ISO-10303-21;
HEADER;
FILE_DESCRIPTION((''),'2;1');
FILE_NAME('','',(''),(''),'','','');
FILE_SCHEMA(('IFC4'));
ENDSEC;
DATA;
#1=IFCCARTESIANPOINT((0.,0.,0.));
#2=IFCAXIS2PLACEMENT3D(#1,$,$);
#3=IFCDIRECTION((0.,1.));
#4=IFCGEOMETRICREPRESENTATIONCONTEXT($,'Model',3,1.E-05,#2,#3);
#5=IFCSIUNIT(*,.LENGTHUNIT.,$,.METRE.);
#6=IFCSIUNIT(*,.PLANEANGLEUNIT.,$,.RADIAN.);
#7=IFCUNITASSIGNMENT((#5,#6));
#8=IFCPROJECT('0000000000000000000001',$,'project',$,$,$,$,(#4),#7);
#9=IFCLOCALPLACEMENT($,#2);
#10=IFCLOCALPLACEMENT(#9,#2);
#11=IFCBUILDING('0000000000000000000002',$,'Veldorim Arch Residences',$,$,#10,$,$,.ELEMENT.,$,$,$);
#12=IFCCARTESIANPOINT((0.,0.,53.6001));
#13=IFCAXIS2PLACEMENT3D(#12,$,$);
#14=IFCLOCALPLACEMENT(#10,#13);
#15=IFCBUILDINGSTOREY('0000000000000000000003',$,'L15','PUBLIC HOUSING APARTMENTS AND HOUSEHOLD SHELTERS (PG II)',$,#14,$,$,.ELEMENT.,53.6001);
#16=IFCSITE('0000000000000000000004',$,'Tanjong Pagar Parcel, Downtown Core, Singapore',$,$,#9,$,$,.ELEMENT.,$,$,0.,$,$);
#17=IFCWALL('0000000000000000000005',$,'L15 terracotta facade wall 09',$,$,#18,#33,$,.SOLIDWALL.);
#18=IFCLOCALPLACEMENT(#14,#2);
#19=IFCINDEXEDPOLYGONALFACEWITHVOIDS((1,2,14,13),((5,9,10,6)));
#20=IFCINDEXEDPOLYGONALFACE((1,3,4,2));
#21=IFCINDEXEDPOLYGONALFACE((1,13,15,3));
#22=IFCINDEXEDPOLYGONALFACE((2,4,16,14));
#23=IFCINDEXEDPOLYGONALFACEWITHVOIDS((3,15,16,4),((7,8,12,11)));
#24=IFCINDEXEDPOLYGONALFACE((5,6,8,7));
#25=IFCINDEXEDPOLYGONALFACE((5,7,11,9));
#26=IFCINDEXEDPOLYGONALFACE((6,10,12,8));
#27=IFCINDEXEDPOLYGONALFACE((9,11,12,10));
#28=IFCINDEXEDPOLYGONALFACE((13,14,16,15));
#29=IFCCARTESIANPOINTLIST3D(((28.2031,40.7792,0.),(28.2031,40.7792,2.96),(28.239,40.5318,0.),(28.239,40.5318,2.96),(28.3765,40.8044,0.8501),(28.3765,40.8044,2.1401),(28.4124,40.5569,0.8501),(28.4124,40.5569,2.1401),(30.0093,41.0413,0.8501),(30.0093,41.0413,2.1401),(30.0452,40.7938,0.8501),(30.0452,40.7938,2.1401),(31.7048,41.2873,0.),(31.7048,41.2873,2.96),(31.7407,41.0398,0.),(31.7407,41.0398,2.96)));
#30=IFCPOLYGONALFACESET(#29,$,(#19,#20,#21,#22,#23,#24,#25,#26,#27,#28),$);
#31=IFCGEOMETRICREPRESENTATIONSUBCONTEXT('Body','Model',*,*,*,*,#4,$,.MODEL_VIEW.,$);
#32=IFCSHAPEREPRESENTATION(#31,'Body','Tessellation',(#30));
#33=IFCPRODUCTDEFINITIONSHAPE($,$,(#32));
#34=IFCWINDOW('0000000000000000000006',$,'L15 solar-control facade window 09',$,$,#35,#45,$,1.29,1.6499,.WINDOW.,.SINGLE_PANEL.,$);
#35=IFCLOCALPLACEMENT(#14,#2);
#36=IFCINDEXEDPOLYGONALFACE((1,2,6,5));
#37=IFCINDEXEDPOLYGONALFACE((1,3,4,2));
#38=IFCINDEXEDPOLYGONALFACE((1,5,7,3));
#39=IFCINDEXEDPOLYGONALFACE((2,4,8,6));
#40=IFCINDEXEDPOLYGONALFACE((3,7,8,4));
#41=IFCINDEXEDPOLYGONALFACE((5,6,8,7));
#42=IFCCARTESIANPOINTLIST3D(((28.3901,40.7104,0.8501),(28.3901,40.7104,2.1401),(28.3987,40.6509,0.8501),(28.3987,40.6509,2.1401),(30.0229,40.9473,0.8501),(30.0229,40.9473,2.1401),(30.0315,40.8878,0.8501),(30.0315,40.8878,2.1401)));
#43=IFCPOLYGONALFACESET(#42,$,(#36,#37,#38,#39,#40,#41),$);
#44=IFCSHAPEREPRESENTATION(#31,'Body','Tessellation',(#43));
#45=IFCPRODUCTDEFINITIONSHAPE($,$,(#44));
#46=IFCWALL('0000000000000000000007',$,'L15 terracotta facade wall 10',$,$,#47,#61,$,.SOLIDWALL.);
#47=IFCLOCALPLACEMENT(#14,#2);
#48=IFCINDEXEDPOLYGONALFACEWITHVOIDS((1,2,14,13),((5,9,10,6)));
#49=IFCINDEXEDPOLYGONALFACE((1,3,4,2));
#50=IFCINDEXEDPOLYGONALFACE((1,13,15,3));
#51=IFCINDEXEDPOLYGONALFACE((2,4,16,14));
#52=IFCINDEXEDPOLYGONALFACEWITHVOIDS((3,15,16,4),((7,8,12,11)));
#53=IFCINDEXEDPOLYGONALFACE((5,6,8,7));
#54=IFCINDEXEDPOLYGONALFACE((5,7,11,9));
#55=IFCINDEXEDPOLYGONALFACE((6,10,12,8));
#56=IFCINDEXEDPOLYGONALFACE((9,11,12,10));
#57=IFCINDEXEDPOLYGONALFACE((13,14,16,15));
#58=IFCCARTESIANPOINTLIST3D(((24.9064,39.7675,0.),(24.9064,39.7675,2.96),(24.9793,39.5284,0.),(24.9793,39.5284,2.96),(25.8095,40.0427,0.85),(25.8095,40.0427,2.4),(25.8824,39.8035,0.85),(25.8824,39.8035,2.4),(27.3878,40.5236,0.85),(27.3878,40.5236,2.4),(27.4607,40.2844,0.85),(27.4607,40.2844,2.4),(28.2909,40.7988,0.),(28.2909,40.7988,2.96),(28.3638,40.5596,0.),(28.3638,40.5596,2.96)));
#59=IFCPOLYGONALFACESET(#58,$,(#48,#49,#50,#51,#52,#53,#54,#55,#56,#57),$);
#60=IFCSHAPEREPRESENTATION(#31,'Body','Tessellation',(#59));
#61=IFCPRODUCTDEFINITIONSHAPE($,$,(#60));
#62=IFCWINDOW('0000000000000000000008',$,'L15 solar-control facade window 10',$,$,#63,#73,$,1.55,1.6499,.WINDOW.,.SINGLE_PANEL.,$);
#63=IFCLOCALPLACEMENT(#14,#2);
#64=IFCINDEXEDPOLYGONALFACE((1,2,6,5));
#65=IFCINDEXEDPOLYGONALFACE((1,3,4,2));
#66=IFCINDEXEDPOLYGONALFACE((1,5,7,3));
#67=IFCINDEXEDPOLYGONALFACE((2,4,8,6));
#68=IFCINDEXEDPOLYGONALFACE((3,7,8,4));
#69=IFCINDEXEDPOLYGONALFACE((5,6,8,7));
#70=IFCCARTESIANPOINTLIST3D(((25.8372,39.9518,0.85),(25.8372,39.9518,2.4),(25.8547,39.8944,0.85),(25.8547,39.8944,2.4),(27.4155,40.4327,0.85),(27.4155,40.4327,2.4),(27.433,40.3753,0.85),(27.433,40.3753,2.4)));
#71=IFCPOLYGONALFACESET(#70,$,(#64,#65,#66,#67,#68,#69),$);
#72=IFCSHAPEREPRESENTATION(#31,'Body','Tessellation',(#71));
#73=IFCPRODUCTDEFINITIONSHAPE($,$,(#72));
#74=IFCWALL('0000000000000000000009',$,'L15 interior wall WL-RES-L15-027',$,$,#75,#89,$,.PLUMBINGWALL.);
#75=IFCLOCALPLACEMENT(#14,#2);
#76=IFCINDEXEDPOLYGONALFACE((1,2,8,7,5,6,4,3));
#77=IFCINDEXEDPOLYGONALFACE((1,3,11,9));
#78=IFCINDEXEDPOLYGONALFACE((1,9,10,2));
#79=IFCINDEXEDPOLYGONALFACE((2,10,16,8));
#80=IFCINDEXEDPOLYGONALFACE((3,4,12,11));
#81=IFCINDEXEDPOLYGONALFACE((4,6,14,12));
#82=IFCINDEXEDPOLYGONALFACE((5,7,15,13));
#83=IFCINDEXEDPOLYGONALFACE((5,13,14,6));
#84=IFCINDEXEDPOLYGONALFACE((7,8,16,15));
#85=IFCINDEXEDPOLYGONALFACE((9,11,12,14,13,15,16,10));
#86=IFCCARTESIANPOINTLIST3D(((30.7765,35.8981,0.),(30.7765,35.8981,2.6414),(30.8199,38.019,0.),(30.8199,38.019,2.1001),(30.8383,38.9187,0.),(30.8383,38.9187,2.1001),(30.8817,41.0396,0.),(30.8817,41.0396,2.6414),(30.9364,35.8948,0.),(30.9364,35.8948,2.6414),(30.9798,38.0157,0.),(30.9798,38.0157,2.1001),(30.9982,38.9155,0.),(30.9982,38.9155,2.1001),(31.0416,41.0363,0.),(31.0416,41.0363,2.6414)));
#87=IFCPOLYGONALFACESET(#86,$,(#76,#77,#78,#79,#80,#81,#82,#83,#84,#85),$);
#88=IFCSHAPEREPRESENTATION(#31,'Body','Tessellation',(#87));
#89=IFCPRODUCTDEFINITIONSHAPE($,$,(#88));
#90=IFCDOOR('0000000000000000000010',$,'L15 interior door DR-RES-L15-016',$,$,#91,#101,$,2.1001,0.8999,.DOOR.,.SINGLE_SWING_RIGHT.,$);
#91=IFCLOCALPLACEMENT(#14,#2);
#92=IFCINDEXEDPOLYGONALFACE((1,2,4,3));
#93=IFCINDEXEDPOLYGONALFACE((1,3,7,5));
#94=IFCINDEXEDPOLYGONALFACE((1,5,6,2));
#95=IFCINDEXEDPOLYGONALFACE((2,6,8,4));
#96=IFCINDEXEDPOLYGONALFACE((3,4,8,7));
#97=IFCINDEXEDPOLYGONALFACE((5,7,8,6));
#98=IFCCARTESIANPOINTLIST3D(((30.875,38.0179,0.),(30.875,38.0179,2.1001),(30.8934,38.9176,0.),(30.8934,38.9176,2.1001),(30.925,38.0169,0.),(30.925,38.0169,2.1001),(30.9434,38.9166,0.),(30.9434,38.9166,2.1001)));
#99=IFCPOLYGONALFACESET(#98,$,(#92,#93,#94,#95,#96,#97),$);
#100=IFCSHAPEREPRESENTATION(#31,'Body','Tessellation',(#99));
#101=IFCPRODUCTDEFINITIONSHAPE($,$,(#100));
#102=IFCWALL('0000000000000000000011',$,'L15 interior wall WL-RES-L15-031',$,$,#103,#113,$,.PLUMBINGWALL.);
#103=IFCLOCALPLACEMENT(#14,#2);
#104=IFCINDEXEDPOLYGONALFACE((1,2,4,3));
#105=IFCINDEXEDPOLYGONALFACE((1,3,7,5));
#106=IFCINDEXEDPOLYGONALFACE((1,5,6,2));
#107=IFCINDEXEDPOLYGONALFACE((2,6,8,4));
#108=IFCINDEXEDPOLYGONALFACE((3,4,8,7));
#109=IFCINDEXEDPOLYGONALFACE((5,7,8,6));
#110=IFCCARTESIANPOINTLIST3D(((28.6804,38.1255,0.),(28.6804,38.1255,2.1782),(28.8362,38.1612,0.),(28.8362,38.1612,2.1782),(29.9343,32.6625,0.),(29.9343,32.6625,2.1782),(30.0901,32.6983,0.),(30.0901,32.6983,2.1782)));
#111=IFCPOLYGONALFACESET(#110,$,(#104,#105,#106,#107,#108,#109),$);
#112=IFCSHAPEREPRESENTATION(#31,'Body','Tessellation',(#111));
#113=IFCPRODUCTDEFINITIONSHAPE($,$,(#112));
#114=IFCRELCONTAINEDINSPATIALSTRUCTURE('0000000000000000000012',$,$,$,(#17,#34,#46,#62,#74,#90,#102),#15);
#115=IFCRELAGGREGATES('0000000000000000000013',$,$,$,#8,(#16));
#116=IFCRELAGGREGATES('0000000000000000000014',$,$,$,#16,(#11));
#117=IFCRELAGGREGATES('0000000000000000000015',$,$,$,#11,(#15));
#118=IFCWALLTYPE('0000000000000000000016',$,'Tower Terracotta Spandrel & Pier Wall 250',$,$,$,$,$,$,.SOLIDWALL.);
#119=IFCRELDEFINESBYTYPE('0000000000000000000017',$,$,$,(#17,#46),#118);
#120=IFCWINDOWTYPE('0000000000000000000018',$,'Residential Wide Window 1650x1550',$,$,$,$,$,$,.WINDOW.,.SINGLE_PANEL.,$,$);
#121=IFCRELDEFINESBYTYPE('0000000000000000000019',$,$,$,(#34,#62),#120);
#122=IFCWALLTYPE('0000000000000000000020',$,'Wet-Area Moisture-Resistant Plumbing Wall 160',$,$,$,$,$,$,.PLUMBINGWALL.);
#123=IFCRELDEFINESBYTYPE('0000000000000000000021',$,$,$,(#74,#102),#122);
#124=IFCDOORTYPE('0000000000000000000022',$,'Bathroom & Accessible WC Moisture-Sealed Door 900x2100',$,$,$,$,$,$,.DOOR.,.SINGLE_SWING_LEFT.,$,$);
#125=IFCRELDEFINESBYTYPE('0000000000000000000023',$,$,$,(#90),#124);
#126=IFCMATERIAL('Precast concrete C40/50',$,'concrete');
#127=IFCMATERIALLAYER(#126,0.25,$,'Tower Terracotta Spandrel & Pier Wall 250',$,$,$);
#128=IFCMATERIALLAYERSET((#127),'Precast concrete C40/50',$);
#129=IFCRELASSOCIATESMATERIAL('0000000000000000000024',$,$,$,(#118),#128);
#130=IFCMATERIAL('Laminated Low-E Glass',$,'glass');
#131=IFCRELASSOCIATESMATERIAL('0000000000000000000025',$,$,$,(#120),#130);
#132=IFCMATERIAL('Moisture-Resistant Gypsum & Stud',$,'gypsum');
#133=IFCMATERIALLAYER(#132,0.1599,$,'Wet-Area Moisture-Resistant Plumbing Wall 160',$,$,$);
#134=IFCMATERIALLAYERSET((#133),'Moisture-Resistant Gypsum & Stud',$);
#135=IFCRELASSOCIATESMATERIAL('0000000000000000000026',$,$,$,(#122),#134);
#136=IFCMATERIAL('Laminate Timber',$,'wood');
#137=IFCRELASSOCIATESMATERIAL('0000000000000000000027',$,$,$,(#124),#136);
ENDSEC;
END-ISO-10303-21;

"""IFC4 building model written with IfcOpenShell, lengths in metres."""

from ifc_helpers import new_model, si_unit, direction, frame, frame_2d, origin, place, context, subcontext, project, spatial, rectangle, extrude, material, layer, layer_set, type_object, element, fill, save


model = new_model("IFC4")

# Units and contexts
model_context = context("Model", 3, precision=1e-05, world=origin(), true_north=direction((0.0, 1.0)))
body_context = subcontext(model_context, "Body", "Model", "MODEL_VIEW")
ifc_project = project(units=[si_unit("LENGTHUNIT", "METRE"), si_unit("PLANEANGLEUNIT", "RADIAN")], contexts=[model_context])

# Site, building, storey
site_placement = place(None, origin())
site = spatial("IfcSite", under=ifc_project, at=site_placement, Name="Tanjong Pagar Parcel, Downtown Core, Singapore", CompositionType="ELEMENT", RefElevation=0.0)
building_placement = place(site_placement, origin())
building = spatial("IfcBuilding", under=site, at=building_placement, Name="Veldorim Arch Residences", CompositionType="ELEMENT")
storey_placement = place(building_placement, frame((0.0, 0.0, 53.6001)))
storey = spatial("IfcBuildingStorey", under=building, at=storey_placement, Name="L15", Description="PUBLIC HOUSING APARTMENTS AND HOUSEHOLD SHELTERS (PG II)", CompositionType="ELEMENT", Elevation=53.6001)

# Shared definitions
ifc_material_1 = material(Name="Precast concrete C40/50", Category="concrete")
ifc_layer_1 = layer(ifc_material_1, 0.25, Name="Tower Terracotta Spandrel & Pier Wall 250")
ifc_layer_set_1 = layer_set([ifc_layer_1], Name="Precast concrete C40/50")
wall_type_1 = type_object("IfcWallType", Name="Tower Terracotta Spandrel & Pier Wall 250", PredefinedType="SOLIDWALL", material=ifc_layer_set_1)

# Walls, openings, windows
wall_1_placement = place(storey_placement, frame((28.2212, 40.6555, 0.0), z_axis=(0.0, 0.0, 1.0), x_axis=(0.989638, 0.143585, 0.0)))
wall_1 = element("IfcWall", 1, at=wall_1_placement, inside=storey, type_object=wall_type_1, Name="L15 terracotta facade wall 09", PredefinedType="SOLIDWALL", context=body_context, shape_type="SweptSolid", body=[
    extrude(rectangle(XDim=3.5383, YDim=0.25, at=frame_2d((1.769, 0.0))), origin(), (0.0, 0.0, 1.0), 2.96),
])
opening_1_placement = place(wall_1_placement, frame((0.175, 0.0, 0.8501)))
opening_1 = element("IfcOpeningElement", 2, at=opening_1_placement, cuts=wall_1, PredefinedType="OPENING", context=body_context, shape_type="SweptSolid", body=[
    extrude(rectangle(XDim=1.6499, YDim=1.29, at=frame_2d((0.825, 0.645))), frame((0.0, 0.135, 0.0), z_axis=(0.0, -1.0, 0.0), x_axis=(1.0, 0.0, 0.0)), (0.0, 0.0, 1.0), 0.27),
])
ifc_material_2 = material(Name="Laminated Low-E Glass", Category="glass")
window_type = type_object("IfcWindowType", Name="Residential Wide Window 1650x1550", PartitioningType="SINGLE_PANEL", PredefinedType="WINDOW", material=ifc_material_2)
window_1_placement = place(opening_1_placement, origin())
window_1 = element("IfcWindow", 3, at=window_1_placement, inside=storey, type_object=window_type, Name="L15 solar-control facade window 09", OverallHeight=1.29, OverallWidth=1.6499, PartitioningType="SINGLE_PANEL", PredefinedType="WINDOW", context=body_context, shape_type="SweptSolid", body=[
    extrude(rectangle(XDim=1.6499, YDim=1.29, at=frame_2d((0.825, 0.645))), frame((0.0, 0.03, 0.0), z_axis=(0.0, -1.0, 0.0), x_axis=(1.0, 0.0, 0.0)), (0.0, 0.0, 1.0), 0.0601),
])
fill(opening_1, window_1)
wall_2_placement = place(storey_placement, frame((24.9429, 39.6479, 0.0), z_axis=(0.0, 0.0, 1.0), x_axis=(0.956581, 0.291466, 0.0)))
wall_2 = element("IfcWall", 4, at=wall_2_placement, inside=storey, type_object=wall_type_1, Name="L15 terracotta facade wall 10", PredefinedType="SOLIDWALL", context=body_context, shape_type="SweptSolid", body=[
    extrude(rectangle(XDim=3.5381, YDim=0.25, at=frame_2d((1.769, 0.0))), origin(), (0.0, 0.0, 1.0), 2.96),
])
opening_2_placement = place(wall_2_placement, frame((0.9441, 0.0, 0.8501)))
opening_2 = element("IfcOpeningElement", 5, at=opening_2_placement, cuts=wall_2, PredefinedType="OPENING", context=body_context, shape_type="SweptSolid", body=[
    extrude(rectangle(XDim=1.6499, YDim=1.55, at=frame_2d((0.825, 0.7749))), frame((0.0, 0.135, 0.0), z_axis=(0.0, -1.0, 0.0), x_axis=(1.0, 0.0, 0.0)), (0.0, 0.0, 1.0), 0.27),
])
window_2_placement = place(opening_2_placement, origin())
window_2 = element("IfcWindow", 6, at=window_2_placement, inside=storey, type_object=window_type, Name="L15 solar-control facade window 10", OverallHeight=1.55, OverallWidth=1.6499, PartitioningType="SINGLE_PANEL", PredefinedType="WINDOW", context=body_context, shape_type="SweptSolid", body=[
    extrude(rectangle(XDim=1.6499, YDim=1.55, at=frame_2d((0.825, 0.7749))), frame((0.0, 0.03, 0.0), z_axis=(0.0, -1.0, 0.0), x_axis=(1.0, 0.0, 0.0)), (0.0, 0.0, 1.0), 0.0601),
])
fill(opening_2, window_2)

# Wall, opening, door
ifc_material_3 = material(Name="Moisture-Resistant Gypsum & Stud", Category="gypsum")
ifc_layer_2 = layer(ifc_material_3, 0.1599, Name="Wet-Area Moisture-Resistant Plumbing Wall 160")
ifc_layer_set_2 = layer_set([ifc_layer_2], Name="Moisture-Resistant Gypsum & Stud")
wall_type_2 = type_object("IfcWallType", Name="Wet-Area Moisture-Resistant Plumbing Wall 160", PredefinedType="PLUMBINGWALL", material=ifc_layer_set_2)
wall_3_placement = place(storey_placement, frame((30.8564, 35.8965, 0.0), z_axis=(0.0, 0.0, 1.0), x_axis=(0.020461, 0.999791, 0.0)))
wall_3 = element("IfcWall", 7, at=wall_3_placement, inside=storey, type_object=wall_type_2, Name="L15 interior wall WL-RES-L15-027", PredefinedType="PLUMBINGWALL", context=body_context, shape_type="SweptSolid", body=[
    extrude(rectangle(XDim=5.1426, YDim=0.1599, at=frame_2d((2.5713, 0.0))), origin(), (0.0, 0.0, 1.0), 2.6414),
])
opening_3_placement = place(wall_3_placement, frame((2.1213, 0.0, 0.0)))
opening_3 = element("IfcOpeningElement", 8, at=opening_3_placement, cuts=wall_3, PredefinedType="OPENING", context=body_context, shape_type="SweptSolid", body=[
    extrude(rectangle(XDim=0.8999, YDim=2.1001, at=frame_2d((0.45, 1.05))), frame((0.0, 0.0898, 0.0), z_axis=(0.0, -1.0, 0.0), x_axis=(1.0, 0.0, 0.0)), (0.0, 0.0, 1.0), 0.1799),
])
ifc_material_4 = material(Name="Laminate Timber", Category="wood")
door_type_1 = type_object("IfcDoorType", Name="Bathroom & Accessible WC Moisture-Sealed Door 900x2100", OperationType="SINGLE_SWING_LEFT", PredefinedType="DOOR", material=ifc_material_4)
door_1_placement = place(opening_3_placement, origin())
door_1 = element("IfcDoor", 9, at=door_1_placement, inside=storey, type_object=door_type_1, Name="L15 interior door DR-RES-L15-016", OperationType="SINGLE_SWING_RIGHT", OverallHeight=2.1001, OverallWidth=0.8999, PredefinedType="DOOR", context=body_context, shape_type="SweptSolid", body=[
    extrude(rectangle(XDim=0.8999, YDim=2.1001, at=frame_2d((0.45, 1.05))), frame((0.0, 0.0249, 0.0), z_axis=(0.0, -1.0, 0.0), x_axis=(1.0, 0.0, 0.0)), (0.0, 0.0, 1.0), 0.05),
])
fill(opening_3, door_1)

# Wall
wall_4_placement = place(storey_placement, frame((30.0122, 32.6804, 0.0), z_axis=(0.0, 0.0, 1.0), x_axis=(-0.223714, 0.974655, 0.0)))
element("IfcWall", 10, at=wall_4_placement, inside=storey, type_object=wall_type_2, Name="L15 interior wall WL-RES-L15-031", PredefinedType="PLUMBINGWALL", context=body_context, shape_type="SweptSolid", body=[
    extrude(rectangle(XDim=5.605, YDim=0.1599, at=frame_2d((2.8025, 0.0))), origin(), (0.0, 0.0, 1.0), 2.1782),
])

save(model, "model.ifc")
